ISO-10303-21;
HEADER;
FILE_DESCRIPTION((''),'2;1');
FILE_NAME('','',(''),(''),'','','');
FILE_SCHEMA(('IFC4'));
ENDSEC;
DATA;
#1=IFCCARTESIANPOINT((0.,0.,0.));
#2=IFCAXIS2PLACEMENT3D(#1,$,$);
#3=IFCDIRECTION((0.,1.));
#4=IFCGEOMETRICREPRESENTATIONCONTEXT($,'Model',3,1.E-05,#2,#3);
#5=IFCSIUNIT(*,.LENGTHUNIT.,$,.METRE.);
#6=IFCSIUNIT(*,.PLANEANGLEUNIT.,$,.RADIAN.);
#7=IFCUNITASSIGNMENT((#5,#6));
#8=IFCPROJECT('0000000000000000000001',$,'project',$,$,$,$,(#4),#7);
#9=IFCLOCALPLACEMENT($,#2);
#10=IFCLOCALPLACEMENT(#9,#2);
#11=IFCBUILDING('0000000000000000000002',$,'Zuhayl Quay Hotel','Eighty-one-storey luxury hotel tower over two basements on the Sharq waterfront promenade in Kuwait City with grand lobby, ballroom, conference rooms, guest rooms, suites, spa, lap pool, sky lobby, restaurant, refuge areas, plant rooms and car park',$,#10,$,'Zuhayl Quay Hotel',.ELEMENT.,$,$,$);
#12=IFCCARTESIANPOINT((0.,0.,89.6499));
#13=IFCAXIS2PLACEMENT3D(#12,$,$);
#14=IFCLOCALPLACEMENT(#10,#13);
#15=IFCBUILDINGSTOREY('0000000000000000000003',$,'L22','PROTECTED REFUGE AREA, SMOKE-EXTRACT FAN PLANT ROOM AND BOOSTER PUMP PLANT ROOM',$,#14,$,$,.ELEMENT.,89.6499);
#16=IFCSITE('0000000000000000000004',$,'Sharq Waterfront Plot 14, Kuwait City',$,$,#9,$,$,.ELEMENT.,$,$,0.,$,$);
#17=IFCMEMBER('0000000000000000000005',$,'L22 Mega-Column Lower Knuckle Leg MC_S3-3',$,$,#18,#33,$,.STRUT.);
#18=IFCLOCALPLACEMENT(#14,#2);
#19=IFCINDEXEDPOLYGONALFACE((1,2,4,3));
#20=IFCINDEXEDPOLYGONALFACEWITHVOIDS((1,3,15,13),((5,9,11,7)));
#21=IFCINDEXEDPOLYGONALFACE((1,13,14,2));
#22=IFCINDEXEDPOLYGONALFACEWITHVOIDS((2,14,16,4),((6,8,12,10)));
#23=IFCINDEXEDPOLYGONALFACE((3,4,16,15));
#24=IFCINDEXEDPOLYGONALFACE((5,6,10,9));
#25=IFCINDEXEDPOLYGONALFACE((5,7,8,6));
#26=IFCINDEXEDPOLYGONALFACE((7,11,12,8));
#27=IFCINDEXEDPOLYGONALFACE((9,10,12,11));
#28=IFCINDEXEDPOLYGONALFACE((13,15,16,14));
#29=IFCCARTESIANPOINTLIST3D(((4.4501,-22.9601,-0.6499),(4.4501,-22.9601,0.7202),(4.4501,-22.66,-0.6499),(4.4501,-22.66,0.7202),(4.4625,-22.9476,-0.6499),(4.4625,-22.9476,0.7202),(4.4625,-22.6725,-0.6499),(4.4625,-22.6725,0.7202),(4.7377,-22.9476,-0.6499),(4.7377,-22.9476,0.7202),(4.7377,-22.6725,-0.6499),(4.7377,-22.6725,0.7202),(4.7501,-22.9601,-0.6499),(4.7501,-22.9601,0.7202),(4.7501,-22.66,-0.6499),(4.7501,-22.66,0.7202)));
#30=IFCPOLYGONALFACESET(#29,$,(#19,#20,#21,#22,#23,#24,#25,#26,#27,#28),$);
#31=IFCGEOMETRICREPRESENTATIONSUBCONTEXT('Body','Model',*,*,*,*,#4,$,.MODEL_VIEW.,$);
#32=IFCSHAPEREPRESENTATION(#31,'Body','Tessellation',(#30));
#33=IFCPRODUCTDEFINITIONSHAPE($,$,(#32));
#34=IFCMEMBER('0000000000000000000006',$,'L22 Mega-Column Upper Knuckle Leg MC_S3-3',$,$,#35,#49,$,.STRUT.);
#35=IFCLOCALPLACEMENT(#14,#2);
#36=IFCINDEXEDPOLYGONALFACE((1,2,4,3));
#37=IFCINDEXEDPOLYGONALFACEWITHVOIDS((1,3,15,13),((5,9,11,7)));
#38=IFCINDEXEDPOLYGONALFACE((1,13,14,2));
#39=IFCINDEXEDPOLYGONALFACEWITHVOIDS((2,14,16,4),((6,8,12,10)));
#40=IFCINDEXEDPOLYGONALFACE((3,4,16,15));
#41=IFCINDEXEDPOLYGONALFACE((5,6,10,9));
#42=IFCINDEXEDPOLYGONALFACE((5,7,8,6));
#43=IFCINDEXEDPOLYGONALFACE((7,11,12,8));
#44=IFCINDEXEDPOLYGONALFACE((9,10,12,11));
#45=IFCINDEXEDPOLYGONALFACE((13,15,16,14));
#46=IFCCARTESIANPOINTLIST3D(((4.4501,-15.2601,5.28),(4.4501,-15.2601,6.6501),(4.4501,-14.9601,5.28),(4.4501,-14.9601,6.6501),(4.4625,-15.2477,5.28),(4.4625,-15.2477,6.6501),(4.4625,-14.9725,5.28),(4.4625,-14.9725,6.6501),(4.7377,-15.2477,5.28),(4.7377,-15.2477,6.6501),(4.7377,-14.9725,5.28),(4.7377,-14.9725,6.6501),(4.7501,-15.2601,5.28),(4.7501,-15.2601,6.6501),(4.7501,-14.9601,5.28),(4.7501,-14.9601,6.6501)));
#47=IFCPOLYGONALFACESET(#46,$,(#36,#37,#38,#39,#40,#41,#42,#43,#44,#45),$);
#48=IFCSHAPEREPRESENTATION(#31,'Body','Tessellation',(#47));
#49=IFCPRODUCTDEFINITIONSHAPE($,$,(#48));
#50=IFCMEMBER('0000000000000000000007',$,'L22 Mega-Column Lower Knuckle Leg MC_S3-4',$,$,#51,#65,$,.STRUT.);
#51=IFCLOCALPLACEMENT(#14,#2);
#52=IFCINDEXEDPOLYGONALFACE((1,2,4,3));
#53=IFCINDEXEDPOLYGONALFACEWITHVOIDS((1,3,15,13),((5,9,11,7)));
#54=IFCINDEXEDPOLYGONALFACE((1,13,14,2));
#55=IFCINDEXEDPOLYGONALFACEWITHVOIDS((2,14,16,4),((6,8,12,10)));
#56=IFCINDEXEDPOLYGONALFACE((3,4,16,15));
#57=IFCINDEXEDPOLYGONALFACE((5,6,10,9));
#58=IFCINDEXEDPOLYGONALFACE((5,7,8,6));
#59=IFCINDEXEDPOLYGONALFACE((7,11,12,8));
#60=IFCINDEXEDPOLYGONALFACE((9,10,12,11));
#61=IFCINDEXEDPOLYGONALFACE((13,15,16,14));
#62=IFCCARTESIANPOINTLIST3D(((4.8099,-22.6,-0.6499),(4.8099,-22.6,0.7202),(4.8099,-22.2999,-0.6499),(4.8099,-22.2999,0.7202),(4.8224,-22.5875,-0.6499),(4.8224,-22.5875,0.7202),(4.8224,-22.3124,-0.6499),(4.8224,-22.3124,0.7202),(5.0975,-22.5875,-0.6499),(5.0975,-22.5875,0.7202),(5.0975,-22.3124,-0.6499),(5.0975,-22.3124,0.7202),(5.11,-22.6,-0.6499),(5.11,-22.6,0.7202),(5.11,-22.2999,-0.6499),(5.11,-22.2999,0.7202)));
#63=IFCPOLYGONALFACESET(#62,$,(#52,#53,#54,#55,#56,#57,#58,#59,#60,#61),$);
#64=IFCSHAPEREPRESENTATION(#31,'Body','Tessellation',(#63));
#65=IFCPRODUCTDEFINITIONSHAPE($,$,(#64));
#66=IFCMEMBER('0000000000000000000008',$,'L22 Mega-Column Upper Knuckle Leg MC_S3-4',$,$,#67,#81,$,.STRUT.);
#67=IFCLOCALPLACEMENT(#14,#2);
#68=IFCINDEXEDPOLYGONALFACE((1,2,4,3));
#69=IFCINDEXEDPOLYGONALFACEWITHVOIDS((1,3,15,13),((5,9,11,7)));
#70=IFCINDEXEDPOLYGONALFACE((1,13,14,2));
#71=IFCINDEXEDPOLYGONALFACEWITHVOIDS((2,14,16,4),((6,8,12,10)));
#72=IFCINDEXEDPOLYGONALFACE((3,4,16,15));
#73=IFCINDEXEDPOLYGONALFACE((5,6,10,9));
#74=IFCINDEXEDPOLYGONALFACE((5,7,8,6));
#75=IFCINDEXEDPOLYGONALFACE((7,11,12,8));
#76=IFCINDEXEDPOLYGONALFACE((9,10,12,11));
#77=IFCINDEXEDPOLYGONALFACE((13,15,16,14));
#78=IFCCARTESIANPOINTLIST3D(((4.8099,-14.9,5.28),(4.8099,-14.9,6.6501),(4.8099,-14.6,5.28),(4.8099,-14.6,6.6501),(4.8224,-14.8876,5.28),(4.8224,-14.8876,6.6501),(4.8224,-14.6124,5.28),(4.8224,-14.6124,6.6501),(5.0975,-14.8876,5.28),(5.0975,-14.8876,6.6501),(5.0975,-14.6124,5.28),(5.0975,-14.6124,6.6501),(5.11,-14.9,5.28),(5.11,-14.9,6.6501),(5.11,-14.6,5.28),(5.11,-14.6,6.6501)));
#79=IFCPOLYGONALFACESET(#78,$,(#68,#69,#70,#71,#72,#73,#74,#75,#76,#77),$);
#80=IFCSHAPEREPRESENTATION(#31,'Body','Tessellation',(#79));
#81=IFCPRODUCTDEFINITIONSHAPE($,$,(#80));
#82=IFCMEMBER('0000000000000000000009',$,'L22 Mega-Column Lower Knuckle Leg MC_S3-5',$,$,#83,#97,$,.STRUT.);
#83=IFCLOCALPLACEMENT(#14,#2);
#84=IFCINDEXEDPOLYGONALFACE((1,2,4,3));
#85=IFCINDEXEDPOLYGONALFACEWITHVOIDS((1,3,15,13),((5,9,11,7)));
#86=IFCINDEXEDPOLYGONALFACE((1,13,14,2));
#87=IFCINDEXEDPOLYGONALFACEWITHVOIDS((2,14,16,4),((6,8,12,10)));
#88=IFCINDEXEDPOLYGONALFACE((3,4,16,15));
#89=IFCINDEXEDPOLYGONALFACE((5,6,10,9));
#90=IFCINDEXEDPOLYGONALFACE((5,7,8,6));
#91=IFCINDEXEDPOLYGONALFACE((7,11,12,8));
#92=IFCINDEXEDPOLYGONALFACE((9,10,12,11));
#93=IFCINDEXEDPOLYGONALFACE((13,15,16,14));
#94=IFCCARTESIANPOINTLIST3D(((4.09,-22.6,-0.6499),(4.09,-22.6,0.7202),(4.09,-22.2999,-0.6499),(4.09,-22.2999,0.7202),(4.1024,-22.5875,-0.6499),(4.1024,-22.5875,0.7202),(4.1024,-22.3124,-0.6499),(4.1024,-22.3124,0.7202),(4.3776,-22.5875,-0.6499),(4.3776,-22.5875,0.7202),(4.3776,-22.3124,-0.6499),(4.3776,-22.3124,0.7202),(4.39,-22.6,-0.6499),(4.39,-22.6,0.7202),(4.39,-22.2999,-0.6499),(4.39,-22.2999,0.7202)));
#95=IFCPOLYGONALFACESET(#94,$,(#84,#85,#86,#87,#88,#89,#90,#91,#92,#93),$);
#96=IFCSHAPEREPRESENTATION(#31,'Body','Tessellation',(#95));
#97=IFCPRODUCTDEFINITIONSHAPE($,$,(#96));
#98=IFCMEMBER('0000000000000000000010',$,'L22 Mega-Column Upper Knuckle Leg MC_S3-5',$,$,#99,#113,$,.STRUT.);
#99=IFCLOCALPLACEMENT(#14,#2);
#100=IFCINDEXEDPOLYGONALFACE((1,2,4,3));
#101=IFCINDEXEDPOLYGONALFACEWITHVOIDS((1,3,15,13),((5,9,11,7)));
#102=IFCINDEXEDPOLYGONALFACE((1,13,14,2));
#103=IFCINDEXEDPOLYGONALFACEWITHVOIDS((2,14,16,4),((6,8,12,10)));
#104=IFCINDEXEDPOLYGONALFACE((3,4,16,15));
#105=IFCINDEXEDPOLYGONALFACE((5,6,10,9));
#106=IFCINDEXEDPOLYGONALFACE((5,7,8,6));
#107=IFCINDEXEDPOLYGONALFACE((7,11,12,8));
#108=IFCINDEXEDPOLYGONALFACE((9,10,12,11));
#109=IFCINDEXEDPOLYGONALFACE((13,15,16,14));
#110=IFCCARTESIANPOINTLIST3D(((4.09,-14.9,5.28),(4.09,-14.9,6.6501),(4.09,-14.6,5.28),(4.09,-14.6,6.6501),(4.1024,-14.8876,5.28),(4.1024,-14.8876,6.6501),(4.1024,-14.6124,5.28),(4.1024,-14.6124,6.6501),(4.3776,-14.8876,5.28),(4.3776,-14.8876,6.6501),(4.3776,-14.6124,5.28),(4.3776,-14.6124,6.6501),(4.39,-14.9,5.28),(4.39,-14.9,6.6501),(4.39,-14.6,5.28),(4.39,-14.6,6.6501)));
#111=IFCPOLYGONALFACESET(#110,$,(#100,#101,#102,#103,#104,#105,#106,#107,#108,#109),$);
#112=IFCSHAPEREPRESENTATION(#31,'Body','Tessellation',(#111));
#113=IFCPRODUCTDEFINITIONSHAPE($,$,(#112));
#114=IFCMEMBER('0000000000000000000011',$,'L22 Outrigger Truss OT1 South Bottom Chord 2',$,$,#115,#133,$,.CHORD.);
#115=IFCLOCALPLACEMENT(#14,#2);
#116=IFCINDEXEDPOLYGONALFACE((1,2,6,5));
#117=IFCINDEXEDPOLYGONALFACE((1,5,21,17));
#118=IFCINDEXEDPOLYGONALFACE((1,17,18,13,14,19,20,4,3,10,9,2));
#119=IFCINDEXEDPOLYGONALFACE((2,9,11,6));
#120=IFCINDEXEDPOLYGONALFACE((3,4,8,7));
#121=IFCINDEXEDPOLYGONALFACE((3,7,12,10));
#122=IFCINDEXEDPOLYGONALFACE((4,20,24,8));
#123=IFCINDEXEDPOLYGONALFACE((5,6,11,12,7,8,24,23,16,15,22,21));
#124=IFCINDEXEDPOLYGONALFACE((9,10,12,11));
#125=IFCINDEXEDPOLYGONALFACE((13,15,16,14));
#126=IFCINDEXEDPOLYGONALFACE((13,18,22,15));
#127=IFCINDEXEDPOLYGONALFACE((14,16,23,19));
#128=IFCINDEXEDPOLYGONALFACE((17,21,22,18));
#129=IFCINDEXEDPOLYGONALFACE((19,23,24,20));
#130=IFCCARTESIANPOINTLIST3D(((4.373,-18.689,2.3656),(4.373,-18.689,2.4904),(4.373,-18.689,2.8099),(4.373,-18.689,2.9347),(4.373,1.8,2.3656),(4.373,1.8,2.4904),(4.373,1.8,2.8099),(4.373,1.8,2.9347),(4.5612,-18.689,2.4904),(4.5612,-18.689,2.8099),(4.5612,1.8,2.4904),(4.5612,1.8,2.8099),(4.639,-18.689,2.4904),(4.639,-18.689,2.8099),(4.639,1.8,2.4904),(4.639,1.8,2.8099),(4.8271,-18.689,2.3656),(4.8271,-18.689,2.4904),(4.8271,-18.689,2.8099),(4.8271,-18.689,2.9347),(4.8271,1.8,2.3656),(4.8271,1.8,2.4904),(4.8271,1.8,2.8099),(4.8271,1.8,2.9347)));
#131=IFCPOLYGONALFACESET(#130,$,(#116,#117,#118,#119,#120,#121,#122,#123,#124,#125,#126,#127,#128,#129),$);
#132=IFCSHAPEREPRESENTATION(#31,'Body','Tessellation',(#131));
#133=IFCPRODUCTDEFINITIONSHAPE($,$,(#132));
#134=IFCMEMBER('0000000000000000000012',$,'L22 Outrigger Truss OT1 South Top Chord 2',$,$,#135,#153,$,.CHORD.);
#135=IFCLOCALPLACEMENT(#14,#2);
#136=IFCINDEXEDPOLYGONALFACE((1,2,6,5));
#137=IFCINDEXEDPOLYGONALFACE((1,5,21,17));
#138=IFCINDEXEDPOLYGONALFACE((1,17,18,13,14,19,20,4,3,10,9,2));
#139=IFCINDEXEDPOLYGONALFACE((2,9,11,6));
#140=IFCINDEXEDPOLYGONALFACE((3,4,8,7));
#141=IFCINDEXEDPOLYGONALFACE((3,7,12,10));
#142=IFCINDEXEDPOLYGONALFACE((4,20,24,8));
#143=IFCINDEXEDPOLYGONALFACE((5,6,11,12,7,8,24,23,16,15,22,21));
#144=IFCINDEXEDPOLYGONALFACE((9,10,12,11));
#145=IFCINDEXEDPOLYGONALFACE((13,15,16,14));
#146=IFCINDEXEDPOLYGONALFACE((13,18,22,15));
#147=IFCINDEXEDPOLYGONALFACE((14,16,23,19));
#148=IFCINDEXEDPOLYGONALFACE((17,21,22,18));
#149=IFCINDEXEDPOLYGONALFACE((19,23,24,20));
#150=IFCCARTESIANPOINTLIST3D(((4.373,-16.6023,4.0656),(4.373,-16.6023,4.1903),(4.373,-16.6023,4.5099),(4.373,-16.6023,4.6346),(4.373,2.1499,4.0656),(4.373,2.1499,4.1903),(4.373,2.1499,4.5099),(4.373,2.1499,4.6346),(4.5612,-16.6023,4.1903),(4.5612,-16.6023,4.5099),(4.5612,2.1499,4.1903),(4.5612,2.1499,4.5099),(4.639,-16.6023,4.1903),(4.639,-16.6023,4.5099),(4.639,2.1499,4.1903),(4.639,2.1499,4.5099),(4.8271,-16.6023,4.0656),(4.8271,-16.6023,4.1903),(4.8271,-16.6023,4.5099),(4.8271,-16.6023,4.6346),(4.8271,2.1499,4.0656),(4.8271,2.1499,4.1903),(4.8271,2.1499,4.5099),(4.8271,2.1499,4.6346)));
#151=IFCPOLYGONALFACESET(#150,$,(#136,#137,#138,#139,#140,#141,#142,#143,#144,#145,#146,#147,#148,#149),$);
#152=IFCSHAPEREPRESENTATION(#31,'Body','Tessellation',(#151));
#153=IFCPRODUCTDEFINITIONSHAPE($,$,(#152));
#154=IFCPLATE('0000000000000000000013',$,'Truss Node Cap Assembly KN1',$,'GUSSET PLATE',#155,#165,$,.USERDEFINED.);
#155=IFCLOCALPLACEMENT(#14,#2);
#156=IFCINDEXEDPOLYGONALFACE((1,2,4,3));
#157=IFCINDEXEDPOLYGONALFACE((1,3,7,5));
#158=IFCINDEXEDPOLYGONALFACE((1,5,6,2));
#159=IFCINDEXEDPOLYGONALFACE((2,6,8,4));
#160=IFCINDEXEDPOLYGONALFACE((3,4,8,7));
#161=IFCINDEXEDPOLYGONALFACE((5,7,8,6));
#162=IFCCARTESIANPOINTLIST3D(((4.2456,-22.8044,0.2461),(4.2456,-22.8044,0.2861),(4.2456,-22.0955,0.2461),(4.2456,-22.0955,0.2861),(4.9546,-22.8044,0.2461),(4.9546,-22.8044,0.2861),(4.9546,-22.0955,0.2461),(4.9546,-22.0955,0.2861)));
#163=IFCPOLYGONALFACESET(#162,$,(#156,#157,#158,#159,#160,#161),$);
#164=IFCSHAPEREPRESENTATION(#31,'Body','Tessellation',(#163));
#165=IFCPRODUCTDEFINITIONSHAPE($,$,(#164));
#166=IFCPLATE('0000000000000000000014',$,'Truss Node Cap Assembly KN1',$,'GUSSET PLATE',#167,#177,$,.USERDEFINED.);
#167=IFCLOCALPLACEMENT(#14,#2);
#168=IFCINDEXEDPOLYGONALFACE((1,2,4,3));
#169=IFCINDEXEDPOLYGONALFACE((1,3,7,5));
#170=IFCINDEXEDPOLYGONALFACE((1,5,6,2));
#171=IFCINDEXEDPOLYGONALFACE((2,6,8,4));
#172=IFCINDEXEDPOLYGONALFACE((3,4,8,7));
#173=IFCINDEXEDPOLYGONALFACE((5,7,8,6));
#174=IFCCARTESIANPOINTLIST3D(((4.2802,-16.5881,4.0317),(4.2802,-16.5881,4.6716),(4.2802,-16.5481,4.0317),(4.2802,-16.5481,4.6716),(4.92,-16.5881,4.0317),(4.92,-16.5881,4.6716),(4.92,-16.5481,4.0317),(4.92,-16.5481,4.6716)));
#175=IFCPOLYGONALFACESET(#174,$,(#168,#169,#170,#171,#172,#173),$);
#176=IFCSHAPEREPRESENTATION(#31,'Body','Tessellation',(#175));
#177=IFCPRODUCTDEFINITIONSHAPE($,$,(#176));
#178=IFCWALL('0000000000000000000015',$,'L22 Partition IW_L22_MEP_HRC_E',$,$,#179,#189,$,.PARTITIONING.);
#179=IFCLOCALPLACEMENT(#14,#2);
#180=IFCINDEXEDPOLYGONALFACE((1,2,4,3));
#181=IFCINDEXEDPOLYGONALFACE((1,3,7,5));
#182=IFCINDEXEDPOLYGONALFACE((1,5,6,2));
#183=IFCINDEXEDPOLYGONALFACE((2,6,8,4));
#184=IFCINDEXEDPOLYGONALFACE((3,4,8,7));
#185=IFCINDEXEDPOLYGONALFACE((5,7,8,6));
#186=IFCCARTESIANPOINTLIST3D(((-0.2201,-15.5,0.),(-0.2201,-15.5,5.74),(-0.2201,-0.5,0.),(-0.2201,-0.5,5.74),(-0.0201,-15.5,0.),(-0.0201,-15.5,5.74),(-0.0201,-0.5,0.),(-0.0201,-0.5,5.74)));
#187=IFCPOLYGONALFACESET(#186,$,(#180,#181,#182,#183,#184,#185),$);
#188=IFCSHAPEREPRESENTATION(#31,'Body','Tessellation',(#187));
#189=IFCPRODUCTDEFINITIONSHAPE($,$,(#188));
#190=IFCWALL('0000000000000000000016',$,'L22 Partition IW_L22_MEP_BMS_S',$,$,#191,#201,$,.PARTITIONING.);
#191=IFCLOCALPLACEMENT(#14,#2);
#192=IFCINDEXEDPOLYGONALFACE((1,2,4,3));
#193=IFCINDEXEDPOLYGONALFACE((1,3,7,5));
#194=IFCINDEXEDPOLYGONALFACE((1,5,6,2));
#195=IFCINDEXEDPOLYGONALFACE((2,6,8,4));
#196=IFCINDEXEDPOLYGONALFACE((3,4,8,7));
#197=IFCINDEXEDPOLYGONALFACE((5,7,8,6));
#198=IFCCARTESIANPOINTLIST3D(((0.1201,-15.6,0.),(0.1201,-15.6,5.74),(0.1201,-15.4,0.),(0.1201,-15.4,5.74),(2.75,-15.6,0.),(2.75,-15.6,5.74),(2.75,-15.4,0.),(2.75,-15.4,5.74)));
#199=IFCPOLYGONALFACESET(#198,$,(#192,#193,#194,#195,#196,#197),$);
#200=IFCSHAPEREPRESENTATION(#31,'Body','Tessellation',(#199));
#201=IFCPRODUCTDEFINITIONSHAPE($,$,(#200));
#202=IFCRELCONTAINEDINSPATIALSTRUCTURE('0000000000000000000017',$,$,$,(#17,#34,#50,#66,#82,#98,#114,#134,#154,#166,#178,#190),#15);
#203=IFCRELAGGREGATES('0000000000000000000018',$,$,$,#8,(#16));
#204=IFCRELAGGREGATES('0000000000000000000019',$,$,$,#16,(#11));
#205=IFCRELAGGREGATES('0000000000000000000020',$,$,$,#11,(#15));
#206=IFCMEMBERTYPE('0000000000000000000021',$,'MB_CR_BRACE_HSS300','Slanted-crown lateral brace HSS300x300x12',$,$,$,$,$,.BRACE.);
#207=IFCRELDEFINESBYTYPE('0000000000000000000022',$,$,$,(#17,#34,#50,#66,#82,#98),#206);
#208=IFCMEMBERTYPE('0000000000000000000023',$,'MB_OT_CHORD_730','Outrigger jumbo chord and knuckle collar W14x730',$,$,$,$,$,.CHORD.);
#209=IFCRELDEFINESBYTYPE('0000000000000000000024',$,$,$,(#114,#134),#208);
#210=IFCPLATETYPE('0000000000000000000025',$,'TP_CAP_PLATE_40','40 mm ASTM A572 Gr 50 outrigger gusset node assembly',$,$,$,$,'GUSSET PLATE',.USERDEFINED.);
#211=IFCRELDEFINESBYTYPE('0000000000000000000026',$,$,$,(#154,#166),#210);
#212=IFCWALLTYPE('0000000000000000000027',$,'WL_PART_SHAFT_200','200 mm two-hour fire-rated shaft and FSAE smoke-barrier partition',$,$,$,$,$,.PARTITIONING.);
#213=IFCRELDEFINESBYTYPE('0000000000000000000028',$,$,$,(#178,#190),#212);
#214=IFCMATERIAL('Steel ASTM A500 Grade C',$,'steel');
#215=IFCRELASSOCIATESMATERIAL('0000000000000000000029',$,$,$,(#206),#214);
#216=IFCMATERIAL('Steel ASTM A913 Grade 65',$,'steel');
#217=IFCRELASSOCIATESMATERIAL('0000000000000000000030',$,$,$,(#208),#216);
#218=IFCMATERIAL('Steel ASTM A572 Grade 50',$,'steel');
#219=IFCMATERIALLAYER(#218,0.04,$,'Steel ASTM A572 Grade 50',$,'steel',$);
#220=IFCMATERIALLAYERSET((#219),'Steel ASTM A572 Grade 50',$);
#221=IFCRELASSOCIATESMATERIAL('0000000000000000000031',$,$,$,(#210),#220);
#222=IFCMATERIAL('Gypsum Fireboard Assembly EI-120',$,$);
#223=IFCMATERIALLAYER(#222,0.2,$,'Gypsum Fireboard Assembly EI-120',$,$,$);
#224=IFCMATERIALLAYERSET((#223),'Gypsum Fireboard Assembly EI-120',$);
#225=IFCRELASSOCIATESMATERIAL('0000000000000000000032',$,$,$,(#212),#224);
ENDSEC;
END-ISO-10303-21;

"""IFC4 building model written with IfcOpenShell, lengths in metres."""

from ifc_helpers import new_model, si_unit, direction, frame, frame_2d, origin, origin_2d, place, context, subcontext, project, spatial, rectangle, hollow_rectangle, i_section, extrude, material, layer, layer_set, material_profile, profile_set, type_object, element, save


model = new_model("IFC4")

# Units and contexts
model_context = context("Model", 3, precision=1e-05, world=origin(), true_north=direction((0.0, 1.0)))
body_context = subcontext(model_context, "Body", "Model", "MODEL_VIEW")
ifc_project = project(units=[si_unit("LENGTHUNIT", "METRE"), si_unit("PLANEANGLEUNIT", "RADIAN")], contexts=[model_context])

# Site, building, storey
site_placement = place(None, origin())
site = spatial("IfcSite", under=ifc_project, at=site_placement, Name="Sharq Waterfront Plot 14, Kuwait City", CompositionType="ELEMENT", RefElevation=0.0)
building_placement = place(site_placement, origin())
building = spatial("IfcBuilding", under=site, at=building_placement, Name="Zuhayl Quay Hotel", Description="Eighty-one-storey luxury hotel tower over two basements on the Sharq waterfront promenade in Kuwait City with grand lobby, ballroom, conference rooms, guest rooms, suites, spa, lap pool, sky lobby, restaurant, refuge areas, plant rooms and car park", LongName="Zuhayl Quay Hotel", CompositionType="ELEMENT")
storey_placement = place(building_placement, frame((0.0, 0.0, 89.6499)))
storey = spatial("IfcBuildingStorey", under=building, at=storey_placement, Name="L22", Description="PROTECTED REFUGE AREA, SMOKE-EXTRACT FAN PLANT ROOM AND BOOSTER PUMP PLANT ROOM", CompositionType="ELEMENT", Elevation=89.6499)

# Shared definitions
ifc_material_1 = material(Name="Steel ASTM A913 Grade 65", Category="steel")

# Members
ifc_material_2 = material(Name="Steel ASTM A500 Grade C", Category="steel")
ifc_material_profile_1 = material_profile(ifc_material_2, hollow_rectangle(XDim=0.3, YDim=0.3, WallThickness=0.0125, at=origin_2d()), Name="HSS300X300X12")
ifc_profile_set_1 = profile_set([ifc_material_profile_1], Name="Steel ASTM A500 Grade C")
member_type_1 = type_object("IfcMemberType", Name="MB_CR_BRACE_HSS300", Description="Slanted-crown lateral brace HSS300x300x12", PredefinedType="BRACE", material=ifc_profile_set_1)
for number, where, z_axis, x_axis, name in (
    (1, (4.6001, -22.8101, -0.6499), (0.0, 0.0, 1.0), (1.0, 0.0, 0.0), "L22 Mega-Column Lower Knuckle Leg MC_S3-3"),
    (2, (4.6001, -15.1101, 5.28), (0.0, 0.0, 1.0), (1.0, 0.0, 0.0), "L22 Mega-Column Upper Knuckle Leg MC_S3-3"),
    (3, (4.96, -22.45, -0.6499), (0.0, 0.0, 1.0), (1.0, 0.0, 0.0), "L22 Mega-Column Lower Knuckle Leg MC_S3-4"),
    (4, (4.96, -14.75, 5.28), (0.0, 0.0, 1.0), (1.0, 0.0, 0.0), "L22 Mega-Column Upper Knuckle Leg MC_S3-4"),
    (5, (4.24, -22.45, -0.6499), (0.0, 0.0, 1.0), (1.0, 0.0, 0.0), "L22 Mega-Column Lower Knuckle Leg MC_S3-5"),
    (6, (4.24, -14.75, 5.28), (0.0, 0.0, 1.0), (1.0, 0.0, 0.0), "L22 Mega-Column Upper Knuckle Leg MC_S3-5"),
):
    element("IfcMember", number, at=place(storey_placement, frame(where, z_axis=z_axis, x_axis=x_axis)), inside=storey, type_object=member_type_1, Name=name, PredefinedType="STRUT", context=body_context, shape_type="SweptSolid", body=[
        extrude(hollow_rectangle(XDim=0.3, YDim=0.3, WallThickness=0.0125, at=origin_2d()), origin(), (0.0, 0.0, 1.0), 1.3701),
    ])
ifc_material_profile_2 = material_profile(ifc_material_1, i_section(OverallWidth=0.4541, OverallDepth=0.5691, WebThickness=0.0779, FlangeThickness=0.1248, at=origin_2d()), Name="W14X730")
ifc_profile_set_2 = profile_set([ifc_material_profile_2], Name="Steel ASTM A913 Grade 65")
member_type_2 = type_object("IfcMemberType", Name="MB_OT_CHORD_730", Description="Outrigger jumbo chord and knuckle collar W14x730", PredefinedType="CHORD", material=ifc_profile_set_2)
member_1_placement = place(storey_placement, frame((4.6001, -18.689, 2.6501), z_axis=(0.0, 1.0, 0.0), x_axis=(-1.0, 0.0, 0.0)))
element("IfcMember", 7, at=member_1_placement, inside=storey, type_object=member_type_2, Name="L22 Outrigger Truss OT1 South Bottom Chord 2", PredefinedType="CHORD", context=body_context, shape_type="SweptSolid", body=[
    extrude(i_section(OverallWidth=0.4541, OverallDepth=0.5691, WebThickness=0.0779, FlangeThickness=0.1248, at=origin_2d()), origin(), (0.0, 0.0, 1.0), 20.489),
])
member_2_placement = place(storey_placement, frame((4.6001, -16.6023, 4.3501), z_axis=(0.0, 1.0, 0.0), x_axis=(-1.0, 0.0, 0.0)))
element("IfcMember", 8, at=member_2_placement, inside=storey, type_object=member_type_2, Name="L22 Outrigger Truss OT1 South Top Chord 2", PredefinedType="CHORD", context=body_context, shape_type="SweptSolid", body=[
    extrude(i_section(OverallWidth=0.4541, OverallDepth=0.5691, WebThickness=0.0779, FlangeThickness=0.1248, at=origin_2d()), origin(), (0.0, 0.0, 1.0), 18.7522),
])

# Plates
ifc_material_3 = material(Name="Steel ASTM A572 Grade 50", Category="steel")
ifc_layer_1 = layer(ifc_material_3, 0.04, Name="Steel ASTM A572 Grade 50", Category="steel")
ifc_layer_set_1 = layer_set([ifc_layer_1], Name="Steel ASTM A572 Grade 50")
plate_type = type_object("IfcPlateType", Name="TP_CAP_PLATE_40", Description="40 mm ASTM A572 Gr 50 outrigger gusset node assembly", ElementType="GUSSET PLATE", PredefinedType="USERDEFINED", material=ifc_layer_set_1)
plate_1_placement = place(storey_placement, frame((4.6001, -22.45, 0.2461), z_axis=(0.0, 0.0, 1.0), x_axis=(1.0, 0.0, 0.0)))
element("IfcPlate", 9, at=plate_1_placement, inside=storey, type_object=plate_type, Name="Truss Node Cap Assembly KN1", ObjectType="GUSSET PLATE", PredefinedType="USERDEFINED", context=body_context, shape_type="SweptSolid", body=[
    extrude(rectangle(XDim=0.709, YDim=0.709, at=origin_2d()), origin(), (0.0, 0.0, 1.0), 0.04),
])
plate_2_placement = place(storey_placement, frame((4.6001, -16.5681, 4.0317), z_axis=(0.0, 0.0, 1.0), x_axis=(0.0, -1.0, 0.0)))
element("IfcPlate", 10, at=plate_2_placement, inside=storey, type_object=plate_type, Name="Truss Node Cap Assembly KN1", ObjectType="GUSSET PLATE", PredefinedType="USERDEFINED", context=body_context, shape_type="SweptSolid", body=[
    extrude(rectangle(XDim=0.04, YDim=0.6399, at=origin_2d()), origin(), (0.0, 0.0, 1.0), 0.6399),
])

# Walls
ifc_material_4 = material(Name="Gypsum Fireboard Assembly EI-120")
ifc_layer_2 = layer(ifc_material_4, 0.2, Name="Gypsum Fireboard Assembly EI-120")
ifc_layer_set_2 = layer_set([ifc_layer_2], Name="Gypsum Fireboard Assembly EI-120")
wall_type = type_object("IfcWallType", Name="WL_PART_SHAFT_200", Description="200 mm two-hour fire-rated shaft and FSAE smoke-barrier partition", PredefinedType="PARTITIONING", material=ifc_layer_set_2)
wall_1_placement = place(storey_placement, frame((-0.1201, -15.5, 0.0), z_axis=(0.0, 0.0, 1.0), x_axis=(0.0, 1.0, 0.0)))
element("IfcWall", 11, at=wall_1_placement, inside=storey, type_object=wall_type, Name="L22 Partition IW_L22_MEP_HRC_E", PredefinedType="PARTITIONING", context=body_context, shape_type="SweptSolid", body=[
    extrude(rectangle(XDim=15.0, YDim=0.2, at=frame_2d((7.5, 0.0))), origin(), (0.0, 0.0, 1.0), 5.74),
])
wall_2_placement = place(storey_placement, frame((0.1201, -15.5, 0.0), z_axis=(0.0, 0.0, 1.0), x_axis=(1.0, 0.0, 0.0)))
element("IfcWall", 12, at=wall_2_placement, inside=storey, type_object=wall_type, Name="L22 Partition IW_L22_MEP_BMS_S", PredefinedType="PARTITIONING", context=body_context, shape_type="SweptSolid", body=[
    extrude(rectangle(XDim=2.6299, YDim=0.2, at=frame_2d((1.3149, 0.0))), origin(), (0.0, 0.0, 1.0), 5.74),
])

save(model, "model.ifc")
